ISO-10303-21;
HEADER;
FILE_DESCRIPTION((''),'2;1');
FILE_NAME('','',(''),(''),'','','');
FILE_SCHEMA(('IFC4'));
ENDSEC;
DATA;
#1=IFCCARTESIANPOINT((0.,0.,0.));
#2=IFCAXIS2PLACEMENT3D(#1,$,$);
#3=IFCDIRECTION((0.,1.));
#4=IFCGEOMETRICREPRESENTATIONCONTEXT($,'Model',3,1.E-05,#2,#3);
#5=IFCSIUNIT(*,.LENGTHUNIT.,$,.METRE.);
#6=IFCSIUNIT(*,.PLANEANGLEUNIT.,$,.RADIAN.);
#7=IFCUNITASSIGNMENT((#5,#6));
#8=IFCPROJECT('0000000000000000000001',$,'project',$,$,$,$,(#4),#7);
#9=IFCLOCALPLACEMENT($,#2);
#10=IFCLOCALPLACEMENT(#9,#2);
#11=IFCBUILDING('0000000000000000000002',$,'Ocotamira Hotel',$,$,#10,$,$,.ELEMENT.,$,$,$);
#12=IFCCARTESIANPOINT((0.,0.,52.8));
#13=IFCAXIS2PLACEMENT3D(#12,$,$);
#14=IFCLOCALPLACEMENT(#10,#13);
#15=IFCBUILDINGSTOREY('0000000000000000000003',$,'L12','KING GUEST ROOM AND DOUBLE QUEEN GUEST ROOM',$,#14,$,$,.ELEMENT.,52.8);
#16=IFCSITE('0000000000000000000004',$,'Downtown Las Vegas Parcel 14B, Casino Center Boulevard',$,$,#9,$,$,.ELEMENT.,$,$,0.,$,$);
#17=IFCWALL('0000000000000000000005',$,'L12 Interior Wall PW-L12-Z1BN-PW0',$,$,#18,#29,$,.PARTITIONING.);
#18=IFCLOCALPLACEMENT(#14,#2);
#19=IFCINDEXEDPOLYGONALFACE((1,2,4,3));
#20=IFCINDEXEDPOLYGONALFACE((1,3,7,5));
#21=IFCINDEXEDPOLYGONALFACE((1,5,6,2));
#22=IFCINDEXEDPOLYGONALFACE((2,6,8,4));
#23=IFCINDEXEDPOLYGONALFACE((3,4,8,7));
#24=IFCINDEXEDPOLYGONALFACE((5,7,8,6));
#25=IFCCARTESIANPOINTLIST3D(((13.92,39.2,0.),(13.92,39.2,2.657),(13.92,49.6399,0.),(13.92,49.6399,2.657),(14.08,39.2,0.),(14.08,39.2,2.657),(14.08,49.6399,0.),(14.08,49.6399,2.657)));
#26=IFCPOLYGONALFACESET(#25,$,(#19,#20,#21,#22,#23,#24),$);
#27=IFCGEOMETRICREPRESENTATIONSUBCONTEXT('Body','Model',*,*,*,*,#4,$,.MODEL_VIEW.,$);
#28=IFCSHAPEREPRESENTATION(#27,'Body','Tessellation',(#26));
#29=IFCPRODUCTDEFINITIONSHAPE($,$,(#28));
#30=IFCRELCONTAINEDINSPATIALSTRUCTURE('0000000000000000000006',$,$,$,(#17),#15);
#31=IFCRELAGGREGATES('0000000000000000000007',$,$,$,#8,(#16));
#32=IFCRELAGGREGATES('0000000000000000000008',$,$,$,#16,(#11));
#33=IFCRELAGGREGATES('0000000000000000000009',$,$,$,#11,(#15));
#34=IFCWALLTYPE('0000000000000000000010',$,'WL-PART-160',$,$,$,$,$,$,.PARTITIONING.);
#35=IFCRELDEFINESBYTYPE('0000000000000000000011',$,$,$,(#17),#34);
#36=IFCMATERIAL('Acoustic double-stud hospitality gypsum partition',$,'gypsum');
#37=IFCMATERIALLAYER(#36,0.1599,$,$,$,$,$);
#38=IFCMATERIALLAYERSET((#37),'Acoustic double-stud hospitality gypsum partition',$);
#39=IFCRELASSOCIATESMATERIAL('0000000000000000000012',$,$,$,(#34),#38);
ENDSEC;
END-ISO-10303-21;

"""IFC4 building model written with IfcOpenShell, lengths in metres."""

from ifc_helpers import new_model, si_unit, direction, frame, frame_2d, origin, place, context, subcontext, project, spatial, rectangle, extrude, material, layer, layer_set, type_object, element, save


model = new_model("IFC4")

# Units and contexts
model_context = context("Model", 3, precision=1e-05, world=origin(), true_north=direction((0.0, 1.0)))
body_context = subcontext(model_context, "Body", "Model", "MODEL_VIEW")
ifc_project = project(units=[si_unit("LENGTHUNIT", "METRE"), si_unit("PLANEANGLEUNIT", "RADIAN")], contexts=[model_context])

# Site, building, storey
site_placement = place(None, origin())
site = spatial("IfcSite", under=ifc_project, at=site_placement, Name="Downtown Las Vegas Parcel 14B, Casino Center Boulevard", CompositionType="ELEMENT", RefElevation=0.0)
building_placement = place(site_placement, origin())
building = spatial("IfcBuilding", under=site, at=building_placement, Name="Ocotamira Hotel", CompositionType="ELEMENT")
storey_placement = place(building_placement, frame((0.0, 0.0, 52.8)))
storey = spatial("IfcBuildingStorey", under=building, at=storey_placement, Name="L12", Description="KING GUEST ROOM AND DOUBLE QUEEN GUEST ROOM", CompositionType="ELEMENT", Elevation=52.8)

# Wall
ifc_material_1 = material(Name="Acoustic double-stud hospitality gypsum partition", Category="gypsum")
ifc_layer_1 = layer(ifc_material_1, 0.1599)
ifc_layer_set_1 = layer_set([ifc_layer_1], Name="Acoustic double-stud hospitality gypsum partition")
wall_type_1 = type_object("IfcWallType", Name="WL-PART-160", PredefinedType="PARTITIONING", material=ifc_layer_set_1)
wall_1_placement = place(storey_placement, frame((14.0, 39.2, 0.0), z_axis=(0.0, 0.0, 1.0), x_axis=(0.0, 1.0, 0.0)))
element("IfcWall", 1, at=wall_1_placement, inside=storey, type_object=wall_type_1, Name="L12 Interior Wall PW-L12-Z1BN-PW0", PredefinedType="PARTITIONING", context=body_context, shape_type="SweptSolid", body=[
    extrude(rectangle(XDim=10.4399, YDim=0.1599, at=frame_2d((5.22, 0.0))), origin(), (0.0, 0.0, 1.0), 2.657),
])

save(model, "model.ifc")
